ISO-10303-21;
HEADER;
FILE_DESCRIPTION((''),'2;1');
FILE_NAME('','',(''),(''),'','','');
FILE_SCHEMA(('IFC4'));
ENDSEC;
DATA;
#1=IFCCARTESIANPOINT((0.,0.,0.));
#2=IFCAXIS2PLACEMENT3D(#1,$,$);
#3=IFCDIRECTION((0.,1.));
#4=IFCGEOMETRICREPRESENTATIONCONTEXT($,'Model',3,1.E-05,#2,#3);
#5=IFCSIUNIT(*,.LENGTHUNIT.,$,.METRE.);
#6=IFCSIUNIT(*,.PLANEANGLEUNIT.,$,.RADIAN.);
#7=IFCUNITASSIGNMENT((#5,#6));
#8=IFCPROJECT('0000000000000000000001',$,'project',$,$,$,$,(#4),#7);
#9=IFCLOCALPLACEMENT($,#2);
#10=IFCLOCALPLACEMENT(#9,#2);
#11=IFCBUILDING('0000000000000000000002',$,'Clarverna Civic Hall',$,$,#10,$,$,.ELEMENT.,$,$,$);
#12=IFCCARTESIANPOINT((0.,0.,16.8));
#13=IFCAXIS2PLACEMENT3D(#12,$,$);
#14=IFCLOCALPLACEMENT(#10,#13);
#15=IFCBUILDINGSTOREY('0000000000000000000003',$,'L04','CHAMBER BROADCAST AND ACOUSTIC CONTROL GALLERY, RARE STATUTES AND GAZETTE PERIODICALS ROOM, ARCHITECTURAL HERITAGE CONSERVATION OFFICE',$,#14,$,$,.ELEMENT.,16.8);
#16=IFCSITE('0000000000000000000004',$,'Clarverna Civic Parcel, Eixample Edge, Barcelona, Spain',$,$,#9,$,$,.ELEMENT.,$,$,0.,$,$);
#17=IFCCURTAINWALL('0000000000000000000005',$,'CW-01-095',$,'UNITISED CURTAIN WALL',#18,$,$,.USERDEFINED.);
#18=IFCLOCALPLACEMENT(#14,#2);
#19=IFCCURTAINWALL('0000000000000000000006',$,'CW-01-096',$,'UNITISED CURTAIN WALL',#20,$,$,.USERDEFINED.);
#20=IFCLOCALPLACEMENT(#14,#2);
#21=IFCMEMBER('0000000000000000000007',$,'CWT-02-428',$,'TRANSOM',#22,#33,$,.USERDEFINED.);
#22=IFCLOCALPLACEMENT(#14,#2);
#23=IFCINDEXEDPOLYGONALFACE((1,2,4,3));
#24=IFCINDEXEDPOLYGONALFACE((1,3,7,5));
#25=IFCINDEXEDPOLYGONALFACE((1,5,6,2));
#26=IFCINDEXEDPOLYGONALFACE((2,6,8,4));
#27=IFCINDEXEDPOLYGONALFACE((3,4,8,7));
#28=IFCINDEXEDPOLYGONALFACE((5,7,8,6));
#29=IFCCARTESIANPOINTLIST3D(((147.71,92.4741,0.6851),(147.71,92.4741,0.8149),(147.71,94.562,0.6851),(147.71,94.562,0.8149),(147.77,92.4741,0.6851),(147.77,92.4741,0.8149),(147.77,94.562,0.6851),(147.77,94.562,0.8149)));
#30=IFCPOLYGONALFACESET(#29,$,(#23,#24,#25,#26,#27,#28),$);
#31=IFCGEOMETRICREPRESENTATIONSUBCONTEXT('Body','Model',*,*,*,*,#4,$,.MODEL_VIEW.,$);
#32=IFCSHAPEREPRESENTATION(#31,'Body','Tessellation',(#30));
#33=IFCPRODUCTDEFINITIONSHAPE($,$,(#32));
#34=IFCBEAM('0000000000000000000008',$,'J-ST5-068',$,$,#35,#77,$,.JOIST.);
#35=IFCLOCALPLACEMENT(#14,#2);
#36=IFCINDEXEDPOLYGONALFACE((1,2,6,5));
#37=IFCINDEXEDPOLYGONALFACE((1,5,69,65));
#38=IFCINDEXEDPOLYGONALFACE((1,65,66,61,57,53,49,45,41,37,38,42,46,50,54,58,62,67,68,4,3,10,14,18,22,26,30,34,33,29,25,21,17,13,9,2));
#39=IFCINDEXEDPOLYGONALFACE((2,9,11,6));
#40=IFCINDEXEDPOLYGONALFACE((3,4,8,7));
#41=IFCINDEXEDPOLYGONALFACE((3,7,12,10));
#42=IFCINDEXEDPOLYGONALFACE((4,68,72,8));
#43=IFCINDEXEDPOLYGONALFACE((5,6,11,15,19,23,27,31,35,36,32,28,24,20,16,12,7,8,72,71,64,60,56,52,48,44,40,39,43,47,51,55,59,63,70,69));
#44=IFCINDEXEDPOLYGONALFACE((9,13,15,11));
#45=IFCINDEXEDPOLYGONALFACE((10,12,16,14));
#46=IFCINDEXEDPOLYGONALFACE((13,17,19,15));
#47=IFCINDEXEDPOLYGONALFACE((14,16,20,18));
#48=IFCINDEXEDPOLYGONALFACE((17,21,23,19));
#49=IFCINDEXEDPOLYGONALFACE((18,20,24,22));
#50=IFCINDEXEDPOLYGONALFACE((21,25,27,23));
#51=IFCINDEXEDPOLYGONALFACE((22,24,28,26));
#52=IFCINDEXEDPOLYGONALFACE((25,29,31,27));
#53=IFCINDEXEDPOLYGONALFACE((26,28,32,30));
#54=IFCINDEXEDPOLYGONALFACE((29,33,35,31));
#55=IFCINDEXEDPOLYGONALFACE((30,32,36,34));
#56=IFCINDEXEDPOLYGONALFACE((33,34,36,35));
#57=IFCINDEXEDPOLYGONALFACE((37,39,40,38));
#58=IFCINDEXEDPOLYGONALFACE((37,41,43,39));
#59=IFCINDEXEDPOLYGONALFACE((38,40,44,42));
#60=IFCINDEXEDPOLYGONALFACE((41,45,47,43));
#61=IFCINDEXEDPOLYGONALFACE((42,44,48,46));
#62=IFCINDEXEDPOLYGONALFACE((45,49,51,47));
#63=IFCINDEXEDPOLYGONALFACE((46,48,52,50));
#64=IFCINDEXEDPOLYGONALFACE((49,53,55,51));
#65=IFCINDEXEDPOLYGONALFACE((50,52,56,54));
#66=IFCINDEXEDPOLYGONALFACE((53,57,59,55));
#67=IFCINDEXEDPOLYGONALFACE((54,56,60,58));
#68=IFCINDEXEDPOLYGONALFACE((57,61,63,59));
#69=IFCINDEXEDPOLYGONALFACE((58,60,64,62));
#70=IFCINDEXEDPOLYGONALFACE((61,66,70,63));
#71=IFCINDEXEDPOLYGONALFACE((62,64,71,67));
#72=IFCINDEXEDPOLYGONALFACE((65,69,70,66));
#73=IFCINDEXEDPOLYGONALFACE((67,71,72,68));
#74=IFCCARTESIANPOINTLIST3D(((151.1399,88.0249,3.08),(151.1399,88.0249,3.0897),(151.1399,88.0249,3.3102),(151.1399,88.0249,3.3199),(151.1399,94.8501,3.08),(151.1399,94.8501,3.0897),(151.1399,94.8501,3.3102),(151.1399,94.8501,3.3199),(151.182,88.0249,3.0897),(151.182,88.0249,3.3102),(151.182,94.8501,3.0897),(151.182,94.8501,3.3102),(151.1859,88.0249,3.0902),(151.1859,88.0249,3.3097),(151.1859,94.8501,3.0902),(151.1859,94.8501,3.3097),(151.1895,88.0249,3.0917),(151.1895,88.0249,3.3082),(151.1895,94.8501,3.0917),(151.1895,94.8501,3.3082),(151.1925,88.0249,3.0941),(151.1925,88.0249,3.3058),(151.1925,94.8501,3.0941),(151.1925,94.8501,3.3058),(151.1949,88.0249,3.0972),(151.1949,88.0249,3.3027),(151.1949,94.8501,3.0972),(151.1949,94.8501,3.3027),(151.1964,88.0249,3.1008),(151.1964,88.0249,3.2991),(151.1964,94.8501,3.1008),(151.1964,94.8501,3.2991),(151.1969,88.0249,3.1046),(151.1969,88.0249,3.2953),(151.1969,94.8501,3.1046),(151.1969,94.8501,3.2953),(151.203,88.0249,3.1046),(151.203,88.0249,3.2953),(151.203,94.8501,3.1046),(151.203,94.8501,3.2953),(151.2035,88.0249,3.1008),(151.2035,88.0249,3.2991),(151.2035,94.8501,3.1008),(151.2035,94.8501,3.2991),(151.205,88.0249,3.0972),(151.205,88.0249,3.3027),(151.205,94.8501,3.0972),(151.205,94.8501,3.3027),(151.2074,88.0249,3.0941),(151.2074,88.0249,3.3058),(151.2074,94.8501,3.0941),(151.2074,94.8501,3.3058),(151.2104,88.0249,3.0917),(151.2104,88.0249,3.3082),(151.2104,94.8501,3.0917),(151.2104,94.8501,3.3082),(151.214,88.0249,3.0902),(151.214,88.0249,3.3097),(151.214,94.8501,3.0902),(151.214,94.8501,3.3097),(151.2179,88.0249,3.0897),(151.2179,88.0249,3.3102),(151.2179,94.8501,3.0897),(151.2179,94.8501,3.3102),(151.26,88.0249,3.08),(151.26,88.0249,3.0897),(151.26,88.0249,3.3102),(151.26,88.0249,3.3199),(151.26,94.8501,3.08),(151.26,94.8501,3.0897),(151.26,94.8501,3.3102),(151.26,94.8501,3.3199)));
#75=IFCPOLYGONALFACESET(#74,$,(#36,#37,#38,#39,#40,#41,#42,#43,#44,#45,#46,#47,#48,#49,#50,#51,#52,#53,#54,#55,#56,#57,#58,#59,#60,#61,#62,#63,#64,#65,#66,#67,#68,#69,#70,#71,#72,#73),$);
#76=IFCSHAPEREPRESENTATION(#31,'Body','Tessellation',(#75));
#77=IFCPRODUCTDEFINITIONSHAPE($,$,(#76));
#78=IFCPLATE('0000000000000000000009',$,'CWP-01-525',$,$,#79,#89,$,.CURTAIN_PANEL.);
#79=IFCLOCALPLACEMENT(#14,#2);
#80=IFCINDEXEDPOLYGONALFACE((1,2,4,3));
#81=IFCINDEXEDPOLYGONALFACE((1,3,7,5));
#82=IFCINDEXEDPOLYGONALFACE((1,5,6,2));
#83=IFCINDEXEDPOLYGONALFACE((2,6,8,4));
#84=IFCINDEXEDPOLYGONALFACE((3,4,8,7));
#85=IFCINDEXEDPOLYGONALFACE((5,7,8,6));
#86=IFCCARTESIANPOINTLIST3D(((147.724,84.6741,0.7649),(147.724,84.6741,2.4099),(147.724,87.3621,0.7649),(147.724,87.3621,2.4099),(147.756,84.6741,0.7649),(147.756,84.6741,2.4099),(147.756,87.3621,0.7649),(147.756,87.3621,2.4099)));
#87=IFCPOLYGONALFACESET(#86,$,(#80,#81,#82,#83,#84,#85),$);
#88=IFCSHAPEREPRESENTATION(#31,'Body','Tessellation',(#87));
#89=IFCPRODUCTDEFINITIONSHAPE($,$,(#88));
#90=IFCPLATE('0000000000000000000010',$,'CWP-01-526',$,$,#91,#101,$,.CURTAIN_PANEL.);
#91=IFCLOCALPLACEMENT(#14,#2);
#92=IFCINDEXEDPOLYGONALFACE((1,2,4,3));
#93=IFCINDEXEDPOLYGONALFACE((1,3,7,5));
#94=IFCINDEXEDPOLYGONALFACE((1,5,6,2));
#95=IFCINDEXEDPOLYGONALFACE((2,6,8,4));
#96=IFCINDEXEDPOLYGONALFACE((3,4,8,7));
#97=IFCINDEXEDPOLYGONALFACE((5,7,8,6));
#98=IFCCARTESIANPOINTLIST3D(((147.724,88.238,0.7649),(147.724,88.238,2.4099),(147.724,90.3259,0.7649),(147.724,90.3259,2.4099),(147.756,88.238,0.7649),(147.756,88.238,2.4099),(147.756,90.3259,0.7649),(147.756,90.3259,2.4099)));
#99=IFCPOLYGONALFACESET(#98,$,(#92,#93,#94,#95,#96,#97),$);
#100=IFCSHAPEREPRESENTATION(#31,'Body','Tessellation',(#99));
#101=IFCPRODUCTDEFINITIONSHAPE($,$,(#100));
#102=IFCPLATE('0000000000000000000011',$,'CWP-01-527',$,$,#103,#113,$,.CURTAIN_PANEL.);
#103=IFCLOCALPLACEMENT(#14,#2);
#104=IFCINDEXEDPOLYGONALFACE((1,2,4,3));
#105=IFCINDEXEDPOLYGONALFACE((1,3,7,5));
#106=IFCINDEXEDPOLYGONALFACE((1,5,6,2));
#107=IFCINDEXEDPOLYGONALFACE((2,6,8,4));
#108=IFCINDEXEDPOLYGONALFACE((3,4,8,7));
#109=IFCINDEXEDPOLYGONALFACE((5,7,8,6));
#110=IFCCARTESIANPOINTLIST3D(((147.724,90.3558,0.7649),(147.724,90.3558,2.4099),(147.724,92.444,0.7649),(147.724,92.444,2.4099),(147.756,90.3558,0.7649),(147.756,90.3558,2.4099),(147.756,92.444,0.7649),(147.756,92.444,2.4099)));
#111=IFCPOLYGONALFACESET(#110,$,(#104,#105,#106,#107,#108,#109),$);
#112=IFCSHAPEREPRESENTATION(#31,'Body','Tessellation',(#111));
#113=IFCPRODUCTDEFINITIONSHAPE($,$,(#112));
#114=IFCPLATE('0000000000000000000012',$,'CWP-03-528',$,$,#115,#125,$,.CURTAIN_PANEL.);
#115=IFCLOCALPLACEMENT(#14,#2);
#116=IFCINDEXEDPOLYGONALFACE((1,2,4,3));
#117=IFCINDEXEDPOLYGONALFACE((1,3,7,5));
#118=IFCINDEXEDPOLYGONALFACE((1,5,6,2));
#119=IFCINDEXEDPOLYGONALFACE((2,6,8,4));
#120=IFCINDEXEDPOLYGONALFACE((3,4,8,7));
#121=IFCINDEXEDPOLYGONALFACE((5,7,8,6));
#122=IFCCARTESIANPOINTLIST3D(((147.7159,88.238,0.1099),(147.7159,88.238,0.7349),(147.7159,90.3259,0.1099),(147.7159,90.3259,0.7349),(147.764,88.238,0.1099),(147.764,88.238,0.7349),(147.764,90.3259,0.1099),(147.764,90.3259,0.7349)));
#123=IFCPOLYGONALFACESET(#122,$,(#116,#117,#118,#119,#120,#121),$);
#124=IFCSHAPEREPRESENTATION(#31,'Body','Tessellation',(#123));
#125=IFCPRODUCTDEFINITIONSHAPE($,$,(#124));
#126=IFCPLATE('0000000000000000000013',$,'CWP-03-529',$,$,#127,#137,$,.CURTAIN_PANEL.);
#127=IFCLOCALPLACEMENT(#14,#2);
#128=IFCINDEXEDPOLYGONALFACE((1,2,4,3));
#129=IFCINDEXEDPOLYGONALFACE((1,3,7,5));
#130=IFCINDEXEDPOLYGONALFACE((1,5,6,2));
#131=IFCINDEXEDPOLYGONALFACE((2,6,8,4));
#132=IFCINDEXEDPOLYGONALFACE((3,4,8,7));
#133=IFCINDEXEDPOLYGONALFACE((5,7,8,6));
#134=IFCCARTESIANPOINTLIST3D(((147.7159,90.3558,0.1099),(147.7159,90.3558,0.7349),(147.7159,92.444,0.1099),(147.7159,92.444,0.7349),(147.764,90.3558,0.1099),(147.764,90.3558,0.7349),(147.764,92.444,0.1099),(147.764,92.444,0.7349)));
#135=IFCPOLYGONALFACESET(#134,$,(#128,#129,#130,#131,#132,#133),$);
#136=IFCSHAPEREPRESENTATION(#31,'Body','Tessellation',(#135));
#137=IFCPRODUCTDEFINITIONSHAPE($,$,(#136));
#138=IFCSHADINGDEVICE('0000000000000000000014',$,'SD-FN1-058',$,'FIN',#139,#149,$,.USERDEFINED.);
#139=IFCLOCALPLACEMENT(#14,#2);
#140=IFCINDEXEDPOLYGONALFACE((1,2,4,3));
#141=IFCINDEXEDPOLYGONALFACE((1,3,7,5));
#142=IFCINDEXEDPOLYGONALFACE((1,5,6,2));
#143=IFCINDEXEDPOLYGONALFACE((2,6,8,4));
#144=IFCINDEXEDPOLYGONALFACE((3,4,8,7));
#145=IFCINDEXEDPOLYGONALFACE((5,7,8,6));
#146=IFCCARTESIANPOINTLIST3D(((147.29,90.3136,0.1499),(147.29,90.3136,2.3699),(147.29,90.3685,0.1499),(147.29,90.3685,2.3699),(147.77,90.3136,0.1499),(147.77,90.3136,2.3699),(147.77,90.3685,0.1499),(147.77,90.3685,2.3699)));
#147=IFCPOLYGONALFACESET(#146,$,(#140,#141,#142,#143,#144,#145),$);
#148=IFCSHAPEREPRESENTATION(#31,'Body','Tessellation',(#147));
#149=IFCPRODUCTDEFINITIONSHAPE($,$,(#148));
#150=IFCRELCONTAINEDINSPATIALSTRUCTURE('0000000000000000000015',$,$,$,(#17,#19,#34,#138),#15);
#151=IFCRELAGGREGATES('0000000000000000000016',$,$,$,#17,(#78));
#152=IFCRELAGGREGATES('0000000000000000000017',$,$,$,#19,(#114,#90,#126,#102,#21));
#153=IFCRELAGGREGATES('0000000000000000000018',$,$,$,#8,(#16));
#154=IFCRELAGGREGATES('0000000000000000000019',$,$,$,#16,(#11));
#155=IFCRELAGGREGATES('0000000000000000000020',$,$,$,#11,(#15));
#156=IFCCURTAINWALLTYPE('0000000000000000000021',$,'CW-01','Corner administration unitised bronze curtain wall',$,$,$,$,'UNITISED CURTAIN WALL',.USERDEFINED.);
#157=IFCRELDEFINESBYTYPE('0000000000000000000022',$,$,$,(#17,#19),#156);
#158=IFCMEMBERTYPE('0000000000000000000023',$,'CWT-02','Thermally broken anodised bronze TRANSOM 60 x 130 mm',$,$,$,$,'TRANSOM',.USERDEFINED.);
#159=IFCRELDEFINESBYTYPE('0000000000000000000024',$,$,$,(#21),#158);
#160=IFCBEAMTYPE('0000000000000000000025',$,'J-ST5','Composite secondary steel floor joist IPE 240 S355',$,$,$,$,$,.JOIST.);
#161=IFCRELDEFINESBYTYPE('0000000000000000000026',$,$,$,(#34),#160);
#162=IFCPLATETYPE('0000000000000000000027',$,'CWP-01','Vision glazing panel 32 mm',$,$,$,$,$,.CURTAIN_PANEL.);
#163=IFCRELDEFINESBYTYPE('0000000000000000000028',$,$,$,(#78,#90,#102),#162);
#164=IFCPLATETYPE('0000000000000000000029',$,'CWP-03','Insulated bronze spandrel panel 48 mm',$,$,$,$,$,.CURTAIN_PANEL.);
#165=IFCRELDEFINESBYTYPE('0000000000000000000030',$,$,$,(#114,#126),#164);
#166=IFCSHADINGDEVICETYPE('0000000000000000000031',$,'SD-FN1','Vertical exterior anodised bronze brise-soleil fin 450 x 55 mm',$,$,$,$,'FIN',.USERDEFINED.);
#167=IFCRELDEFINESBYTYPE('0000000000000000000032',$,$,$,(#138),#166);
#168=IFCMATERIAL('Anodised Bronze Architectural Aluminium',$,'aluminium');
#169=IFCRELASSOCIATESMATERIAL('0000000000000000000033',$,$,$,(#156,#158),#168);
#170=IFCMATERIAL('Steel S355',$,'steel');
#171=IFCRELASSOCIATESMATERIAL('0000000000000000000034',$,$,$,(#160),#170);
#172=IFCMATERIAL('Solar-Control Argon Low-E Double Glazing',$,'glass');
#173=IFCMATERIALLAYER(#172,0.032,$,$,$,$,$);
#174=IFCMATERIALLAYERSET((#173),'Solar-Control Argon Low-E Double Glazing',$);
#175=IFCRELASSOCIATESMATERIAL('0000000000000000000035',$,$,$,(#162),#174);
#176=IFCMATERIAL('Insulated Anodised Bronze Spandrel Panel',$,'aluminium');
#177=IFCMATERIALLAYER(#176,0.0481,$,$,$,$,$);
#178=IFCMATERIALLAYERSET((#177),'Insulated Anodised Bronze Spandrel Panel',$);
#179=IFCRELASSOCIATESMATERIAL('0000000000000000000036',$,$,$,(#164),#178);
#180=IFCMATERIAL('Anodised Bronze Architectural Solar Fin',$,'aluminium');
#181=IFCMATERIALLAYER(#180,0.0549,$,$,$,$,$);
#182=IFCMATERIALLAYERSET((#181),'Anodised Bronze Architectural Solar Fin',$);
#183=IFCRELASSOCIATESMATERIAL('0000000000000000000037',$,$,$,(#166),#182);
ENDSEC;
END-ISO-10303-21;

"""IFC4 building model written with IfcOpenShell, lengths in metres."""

from ifc_helpers import new_model, si_unit, direction, frame, frame_2d, origin, origin_2d, place, context, subcontext, project, spatial, rectangle, i_section, extrude, material, layer, layer_set, material_profile, profile_set, type_object, element, aggregate, save


model = new_model("IFC4")

# Units and contexts
model_context = context("Model", 3, precision=1e-05, world=origin(), true_north=direction((0.0, 1.0)))
body_context = subcontext(model_context, "Body", "Model", "MODEL_VIEW")
ifc_project = project(units=[si_unit("LENGTHUNIT", "METRE"), si_unit("PLANEANGLEUNIT", "RADIAN")], contexts=[model_context])

# Site, building, storey
site_placement = place(None, origin())
site = spatial("IfcSite", under=ifc_project, at=site_placement, Name="Clarverna Civic Parcel, Eixample Edge, Barcelona, Spain", CompositionType="ELEMENT", RefElevation=0.0)
building_placement = place(site_placement, origin())
building = spatial("IfcBuilding", under=site, at=building_placement, Name="Clarverna Civic Hall", CompositionType="ELEMENT")
storey_placement = place(building_placement, frame((0.0, 0.0, 16.8)))
storey = spatial("IfcBuildingStorey", under=building, at=storey_placement, Name="L04", Description="CHAMBER BROADCAST AND ACOUSTIC CONTROL GALLERY, RARE STATUTES AND GAZETTE PERIODICALS ROOM, ARCHITECTURAL HERITAGE CONSERVATION OFFICE", CompositionType="ELEMENT", Elevation=16.8)

# Curtain wall
ifc_material_1 = material(Name="Anodised Bronze Architectural Aluminium", Category="aluminium")
curtain_wall_type = type_object("IfcCurtainWallType", Name="CW-01", Description="Corner administration unitised bronze curtain wall", ElementType="UNITISED CURTAIN WALL", PredefinedType="USERDEFINED", material=ifc_material_1)
curtain_wall_1_placement = place(storey_placement, origin())
curtain_wall_1 = element("IfcCurtainWall", 1, at=curtain_wall_1_placement, inside=storey, type_object=curtain_wall_type, Name="CW-01-095", ObjectType="UNITISED CURTAIN WALL", PredefinedType="USERDEFINED")

# Curtain wall, member
curtain_wall_2_placement = place(storey_placement, origin())
curtain_wall_2 = element("IfcCurtainWall", 2, at=curtain_wall_2_placement, inside=storey, type_object=curtain_wall_type, Name="CW-01-096", ObjectType="UNITISED CURTAIN WALL", PredefinedType="USERDEFINED")
ifc_material_profile_1 = material_profile(ifc_material_1, rectangle(XDim=0.0601, YDim=0.1299, at=origin_2d()), Name="BRONZE 60x130")
ifc_profile_set_1 = profile_set([ifc_material_profile_1], Name="Anodised Bronze Architectural Aluminium")
member_type_1 = type_object("IfcMemberType", Name="CWT-02", Description="Thermally broken anodised bronze TRANSOM 60 x 130 mm", ElementType="TRANSOM", PredefinedType="USERDEFINED", material=ifc_profile_set_1)
member_1_placement = place(storey_placement, frame((147.74, 92.4741, 0.75), z_axis=(0.0, 1.0, 0.0), x_axis=(-1.0, 0.0, 0.0)))
member_1 = element("IfcMember", 3, at=member_1_placement, type_object=member_type_1, Name="CWT-02-428", ObjectType="TRANSOM", PredefinedType="USERDEFINED", context=body_context, shape_type="SweptSolid", body=[
    extrude(rectangle(XDim=0.0601, YDim=0.1299, at=origin_2d()), origin(), (0.0, 0.0, 1.0), 2.0879),
])

# Beam
ifc_material_2 = material(Name="Steel S355", Category="steel")
ifc_material_profile_2 = material_profile(ifc_material_2, i_section(OverallWidth=0.1201, OverallDepth=0.24, WebThickness=0.0061, FlangeThickness=0.0098, FilletRadius=0.0149, at=origin_2d()), Name="IPE 240")
ifc_profile_set_2 = profile_set([ifc_material_profile_2], Name="Steel S355")
beam_type_1 = type_object("IfcBeamType", Name="J-ST5", Description="Composite secondary steel floor joist IPE 240 S355", PredefinedType="JOIST", material=ifc_profile_set_2)
beam_1_placement = place(storey_placement, frame((151.2, 88.0249, 3.2), z_axis=(0.0, 1.0, 0.0), x_axis=(-1.0, 0.0, 0.0)))
element("IfcBeam", 4, at=beam_1_placement, inside=storey, type_object=beam_type_1, Name="J-ST5-068", PredefinedType="JOIST", context=body_context, shape_type="SweptSolid", body=[
    extrude(i_section(OverallWidth=0.1201, OverallDepth=0.24, WebThickness=0.0061, FlangeThickness=0.0098, FilletRadius=0.0149, at=origin_2d()), origin(), (0.0, 0.0, 1.0), 6.8252),
])

# Plates
ifc_material_3 = material(Name="Solar-Control Argon Low-E Double Glazing", Category="glass")
ifc_layer_1 = layer(ifc_material_3, 0.032)
ifc_layer_set_1 = layer_set([ifc_layer_1], Name="Solar-Control Argon Low-E Double Glazing")
plate_type_1 = type_object("IfcPlateType", Name="CWP-01", Description="Vision glazing panel 32 mm", PredefinedType="CURTAIN_PANEL", material=ifc_layer_set_1)
plate_1_placement = place(storey_placement, frame((147.74, 84.6741, 0.7649), z_axis=(0.0, 0.0, 1.0), x_axis=(0.0, 1.0, 0.0)))
plate_1 = element("IfcPlate", 5, at=plate_1_placement, type_object=plate_type_1, Name="CWP-01-525", PredefinedType="CURTAIN_PANEL", context=body_context, shape_type="SweptSolid", body=[
    extrude(rectangle(XDim=2.688, YDim=0.032, at=frame_2d((1.344, 0.0))), origin(), (0.0, 0.0, 1.0), 1.645),
])
aggregate(curtain_wall_1, [plate_1])
plate_2_placement = place(storey_placement, frame((147.74, 88.238, 0.7649), z_axis=(0.0, 0.0, 1.0), x_axis=(0.0, 1.0, 0.0)))
plate_2 = element("IfcPlate", 6, at=plate_2_placement, type_object=plate_type_1, Name="CWP-01-526", PredefinedType="CURTAIN_PANEL", context=body_context, shape_type="SweptSolid", body=[
    extrude(rectangle(XDim=2.0879, YDim=0.032, at=frame_2d((1.0439, 0.0))), origin(), (0.0, 0.0, 1.0), 1.645),
])
plate_3_placement = place(storey_placement, frame((147.74, 90.356, 0.7649), z_axis=(0.0, 0.0, 1.0), x_axis=(0.0, 1.0, 0.0)))
plate_3 = element("IfcPlate", 7, at=plate_3_placement, type_object=plate_type_1, Name="CWP-01-527", PredefinedType="CURTAIN_PANEL", context=body_context, shape_type="SweptSolid", body=[
    extrude(rectangle(XDim=2.0881, YDim=0.032, at=frame_2d((1.0439, 0.0))), origin(), (0.0, 0.0, 1.0), 1.645),
])
ifc_material_4 = material(Name="Insulated Anodised Bronze Spandrel Panel", Category="aluminium")
ifc_layer_2 = layer(ifc_material_4, 0.0481)
ifc_layer_set_2 = layer_set([ifc_layer_2], Name="Insulated Anodised Bronze Spandrel Panel")
plate_type_2 = type_object("IfcPlateType", Name="CWP-03", Description="Insulated bronze spandrel panel 48 mm", PredefinedType="CURTAIN_PANEL", material=ifc_layer_set_2)
plate_4_placement = place(storey_placement, frame((147.74, 88.238, 0.1099), z_axis=(0.0, 0.0, 1.0), x_axis=(0.0, 1.0, 0.0)))
plate_4 = element("IfcPlate", 8, at=plate_4_placement, type_object=plate_type_2, Name="CWP-03-528", PredefinedType="CURTAIN_PANEL", context=body_context, shape_type="SweptSolid", body=[
    extrude(rectangle(XDim=2.0879, YDim=0.0481, at=frame_2d((1.0439, 0.0))), origin(), (0.0, 0.0, 1.0), 0.625),
])
plate_5_placement = place(storey_placement, frame((147.74, 90.356, 0.1099), z_axis=(0.0, 0.0, 1.0), x_axis=(0.0, 1.0, 0.0)))
plate_5 = element("IfcPlate", 9, at=plate_5_placement, type_object=plate_type_2, Name="CWP-03-529", PredefinedType="CURTAIN_PANEL", context=body_context, shape_type="SweptSolid", body=[
    extrude(rectangle(XDim=2.0881, YDim=0.0481, at=frame_2d((1.0439, 0.0))), origin(), (0.0, 0.0, 1.0), 0.625),
])
aggregate(curtain_wall_2, [plate_4, plate_2, plate_5, plate_3, member_1])

# Shading device
ifc_material_5 = material(Name="Anodised Bronze Architectural Solar Fin", Category="aluminium")
ifc_layer_3 = layer(ifc_material_5, 0.0549)
ifc_layer_set_3 = layer_set([ifc_layer_3], Name="Anodised Bronze Architectural Solar Fin")
shading_device_type = type_object("IfcShadingDeviceType", Name="SD-FN1", Description="Vertical exterior anodised bronze brise-soleil fin 450 x 55 mm", ElementType="FIN", PredefinedType="USERDEFINED", material=ifc_layer_set_3)
shading_device_placement = place(storey_placement, frame((147.77, 90.3411, 0.1499), z_axis=(0.0, 0.0, 1.0), x_axis=(-1.0, 0.0, 0.0)))
element("IfcShadingDevice", 10, at=shading_device_placement, inside=storey, type_object=shading_device_type, Name="SD-FN1-058", ObjectType="FIN", PredefinedType="USERDEFINED", context=body_context, shape_type="SweptSolid", body=[
    extrude(rectangle(XDim=0.48, YDim=0.0549, at=frame_2d((0.24, 0.0))), origin(), (0.0, 0.0, 1.0), 2.22),
])

save(model, "model.ifc")
